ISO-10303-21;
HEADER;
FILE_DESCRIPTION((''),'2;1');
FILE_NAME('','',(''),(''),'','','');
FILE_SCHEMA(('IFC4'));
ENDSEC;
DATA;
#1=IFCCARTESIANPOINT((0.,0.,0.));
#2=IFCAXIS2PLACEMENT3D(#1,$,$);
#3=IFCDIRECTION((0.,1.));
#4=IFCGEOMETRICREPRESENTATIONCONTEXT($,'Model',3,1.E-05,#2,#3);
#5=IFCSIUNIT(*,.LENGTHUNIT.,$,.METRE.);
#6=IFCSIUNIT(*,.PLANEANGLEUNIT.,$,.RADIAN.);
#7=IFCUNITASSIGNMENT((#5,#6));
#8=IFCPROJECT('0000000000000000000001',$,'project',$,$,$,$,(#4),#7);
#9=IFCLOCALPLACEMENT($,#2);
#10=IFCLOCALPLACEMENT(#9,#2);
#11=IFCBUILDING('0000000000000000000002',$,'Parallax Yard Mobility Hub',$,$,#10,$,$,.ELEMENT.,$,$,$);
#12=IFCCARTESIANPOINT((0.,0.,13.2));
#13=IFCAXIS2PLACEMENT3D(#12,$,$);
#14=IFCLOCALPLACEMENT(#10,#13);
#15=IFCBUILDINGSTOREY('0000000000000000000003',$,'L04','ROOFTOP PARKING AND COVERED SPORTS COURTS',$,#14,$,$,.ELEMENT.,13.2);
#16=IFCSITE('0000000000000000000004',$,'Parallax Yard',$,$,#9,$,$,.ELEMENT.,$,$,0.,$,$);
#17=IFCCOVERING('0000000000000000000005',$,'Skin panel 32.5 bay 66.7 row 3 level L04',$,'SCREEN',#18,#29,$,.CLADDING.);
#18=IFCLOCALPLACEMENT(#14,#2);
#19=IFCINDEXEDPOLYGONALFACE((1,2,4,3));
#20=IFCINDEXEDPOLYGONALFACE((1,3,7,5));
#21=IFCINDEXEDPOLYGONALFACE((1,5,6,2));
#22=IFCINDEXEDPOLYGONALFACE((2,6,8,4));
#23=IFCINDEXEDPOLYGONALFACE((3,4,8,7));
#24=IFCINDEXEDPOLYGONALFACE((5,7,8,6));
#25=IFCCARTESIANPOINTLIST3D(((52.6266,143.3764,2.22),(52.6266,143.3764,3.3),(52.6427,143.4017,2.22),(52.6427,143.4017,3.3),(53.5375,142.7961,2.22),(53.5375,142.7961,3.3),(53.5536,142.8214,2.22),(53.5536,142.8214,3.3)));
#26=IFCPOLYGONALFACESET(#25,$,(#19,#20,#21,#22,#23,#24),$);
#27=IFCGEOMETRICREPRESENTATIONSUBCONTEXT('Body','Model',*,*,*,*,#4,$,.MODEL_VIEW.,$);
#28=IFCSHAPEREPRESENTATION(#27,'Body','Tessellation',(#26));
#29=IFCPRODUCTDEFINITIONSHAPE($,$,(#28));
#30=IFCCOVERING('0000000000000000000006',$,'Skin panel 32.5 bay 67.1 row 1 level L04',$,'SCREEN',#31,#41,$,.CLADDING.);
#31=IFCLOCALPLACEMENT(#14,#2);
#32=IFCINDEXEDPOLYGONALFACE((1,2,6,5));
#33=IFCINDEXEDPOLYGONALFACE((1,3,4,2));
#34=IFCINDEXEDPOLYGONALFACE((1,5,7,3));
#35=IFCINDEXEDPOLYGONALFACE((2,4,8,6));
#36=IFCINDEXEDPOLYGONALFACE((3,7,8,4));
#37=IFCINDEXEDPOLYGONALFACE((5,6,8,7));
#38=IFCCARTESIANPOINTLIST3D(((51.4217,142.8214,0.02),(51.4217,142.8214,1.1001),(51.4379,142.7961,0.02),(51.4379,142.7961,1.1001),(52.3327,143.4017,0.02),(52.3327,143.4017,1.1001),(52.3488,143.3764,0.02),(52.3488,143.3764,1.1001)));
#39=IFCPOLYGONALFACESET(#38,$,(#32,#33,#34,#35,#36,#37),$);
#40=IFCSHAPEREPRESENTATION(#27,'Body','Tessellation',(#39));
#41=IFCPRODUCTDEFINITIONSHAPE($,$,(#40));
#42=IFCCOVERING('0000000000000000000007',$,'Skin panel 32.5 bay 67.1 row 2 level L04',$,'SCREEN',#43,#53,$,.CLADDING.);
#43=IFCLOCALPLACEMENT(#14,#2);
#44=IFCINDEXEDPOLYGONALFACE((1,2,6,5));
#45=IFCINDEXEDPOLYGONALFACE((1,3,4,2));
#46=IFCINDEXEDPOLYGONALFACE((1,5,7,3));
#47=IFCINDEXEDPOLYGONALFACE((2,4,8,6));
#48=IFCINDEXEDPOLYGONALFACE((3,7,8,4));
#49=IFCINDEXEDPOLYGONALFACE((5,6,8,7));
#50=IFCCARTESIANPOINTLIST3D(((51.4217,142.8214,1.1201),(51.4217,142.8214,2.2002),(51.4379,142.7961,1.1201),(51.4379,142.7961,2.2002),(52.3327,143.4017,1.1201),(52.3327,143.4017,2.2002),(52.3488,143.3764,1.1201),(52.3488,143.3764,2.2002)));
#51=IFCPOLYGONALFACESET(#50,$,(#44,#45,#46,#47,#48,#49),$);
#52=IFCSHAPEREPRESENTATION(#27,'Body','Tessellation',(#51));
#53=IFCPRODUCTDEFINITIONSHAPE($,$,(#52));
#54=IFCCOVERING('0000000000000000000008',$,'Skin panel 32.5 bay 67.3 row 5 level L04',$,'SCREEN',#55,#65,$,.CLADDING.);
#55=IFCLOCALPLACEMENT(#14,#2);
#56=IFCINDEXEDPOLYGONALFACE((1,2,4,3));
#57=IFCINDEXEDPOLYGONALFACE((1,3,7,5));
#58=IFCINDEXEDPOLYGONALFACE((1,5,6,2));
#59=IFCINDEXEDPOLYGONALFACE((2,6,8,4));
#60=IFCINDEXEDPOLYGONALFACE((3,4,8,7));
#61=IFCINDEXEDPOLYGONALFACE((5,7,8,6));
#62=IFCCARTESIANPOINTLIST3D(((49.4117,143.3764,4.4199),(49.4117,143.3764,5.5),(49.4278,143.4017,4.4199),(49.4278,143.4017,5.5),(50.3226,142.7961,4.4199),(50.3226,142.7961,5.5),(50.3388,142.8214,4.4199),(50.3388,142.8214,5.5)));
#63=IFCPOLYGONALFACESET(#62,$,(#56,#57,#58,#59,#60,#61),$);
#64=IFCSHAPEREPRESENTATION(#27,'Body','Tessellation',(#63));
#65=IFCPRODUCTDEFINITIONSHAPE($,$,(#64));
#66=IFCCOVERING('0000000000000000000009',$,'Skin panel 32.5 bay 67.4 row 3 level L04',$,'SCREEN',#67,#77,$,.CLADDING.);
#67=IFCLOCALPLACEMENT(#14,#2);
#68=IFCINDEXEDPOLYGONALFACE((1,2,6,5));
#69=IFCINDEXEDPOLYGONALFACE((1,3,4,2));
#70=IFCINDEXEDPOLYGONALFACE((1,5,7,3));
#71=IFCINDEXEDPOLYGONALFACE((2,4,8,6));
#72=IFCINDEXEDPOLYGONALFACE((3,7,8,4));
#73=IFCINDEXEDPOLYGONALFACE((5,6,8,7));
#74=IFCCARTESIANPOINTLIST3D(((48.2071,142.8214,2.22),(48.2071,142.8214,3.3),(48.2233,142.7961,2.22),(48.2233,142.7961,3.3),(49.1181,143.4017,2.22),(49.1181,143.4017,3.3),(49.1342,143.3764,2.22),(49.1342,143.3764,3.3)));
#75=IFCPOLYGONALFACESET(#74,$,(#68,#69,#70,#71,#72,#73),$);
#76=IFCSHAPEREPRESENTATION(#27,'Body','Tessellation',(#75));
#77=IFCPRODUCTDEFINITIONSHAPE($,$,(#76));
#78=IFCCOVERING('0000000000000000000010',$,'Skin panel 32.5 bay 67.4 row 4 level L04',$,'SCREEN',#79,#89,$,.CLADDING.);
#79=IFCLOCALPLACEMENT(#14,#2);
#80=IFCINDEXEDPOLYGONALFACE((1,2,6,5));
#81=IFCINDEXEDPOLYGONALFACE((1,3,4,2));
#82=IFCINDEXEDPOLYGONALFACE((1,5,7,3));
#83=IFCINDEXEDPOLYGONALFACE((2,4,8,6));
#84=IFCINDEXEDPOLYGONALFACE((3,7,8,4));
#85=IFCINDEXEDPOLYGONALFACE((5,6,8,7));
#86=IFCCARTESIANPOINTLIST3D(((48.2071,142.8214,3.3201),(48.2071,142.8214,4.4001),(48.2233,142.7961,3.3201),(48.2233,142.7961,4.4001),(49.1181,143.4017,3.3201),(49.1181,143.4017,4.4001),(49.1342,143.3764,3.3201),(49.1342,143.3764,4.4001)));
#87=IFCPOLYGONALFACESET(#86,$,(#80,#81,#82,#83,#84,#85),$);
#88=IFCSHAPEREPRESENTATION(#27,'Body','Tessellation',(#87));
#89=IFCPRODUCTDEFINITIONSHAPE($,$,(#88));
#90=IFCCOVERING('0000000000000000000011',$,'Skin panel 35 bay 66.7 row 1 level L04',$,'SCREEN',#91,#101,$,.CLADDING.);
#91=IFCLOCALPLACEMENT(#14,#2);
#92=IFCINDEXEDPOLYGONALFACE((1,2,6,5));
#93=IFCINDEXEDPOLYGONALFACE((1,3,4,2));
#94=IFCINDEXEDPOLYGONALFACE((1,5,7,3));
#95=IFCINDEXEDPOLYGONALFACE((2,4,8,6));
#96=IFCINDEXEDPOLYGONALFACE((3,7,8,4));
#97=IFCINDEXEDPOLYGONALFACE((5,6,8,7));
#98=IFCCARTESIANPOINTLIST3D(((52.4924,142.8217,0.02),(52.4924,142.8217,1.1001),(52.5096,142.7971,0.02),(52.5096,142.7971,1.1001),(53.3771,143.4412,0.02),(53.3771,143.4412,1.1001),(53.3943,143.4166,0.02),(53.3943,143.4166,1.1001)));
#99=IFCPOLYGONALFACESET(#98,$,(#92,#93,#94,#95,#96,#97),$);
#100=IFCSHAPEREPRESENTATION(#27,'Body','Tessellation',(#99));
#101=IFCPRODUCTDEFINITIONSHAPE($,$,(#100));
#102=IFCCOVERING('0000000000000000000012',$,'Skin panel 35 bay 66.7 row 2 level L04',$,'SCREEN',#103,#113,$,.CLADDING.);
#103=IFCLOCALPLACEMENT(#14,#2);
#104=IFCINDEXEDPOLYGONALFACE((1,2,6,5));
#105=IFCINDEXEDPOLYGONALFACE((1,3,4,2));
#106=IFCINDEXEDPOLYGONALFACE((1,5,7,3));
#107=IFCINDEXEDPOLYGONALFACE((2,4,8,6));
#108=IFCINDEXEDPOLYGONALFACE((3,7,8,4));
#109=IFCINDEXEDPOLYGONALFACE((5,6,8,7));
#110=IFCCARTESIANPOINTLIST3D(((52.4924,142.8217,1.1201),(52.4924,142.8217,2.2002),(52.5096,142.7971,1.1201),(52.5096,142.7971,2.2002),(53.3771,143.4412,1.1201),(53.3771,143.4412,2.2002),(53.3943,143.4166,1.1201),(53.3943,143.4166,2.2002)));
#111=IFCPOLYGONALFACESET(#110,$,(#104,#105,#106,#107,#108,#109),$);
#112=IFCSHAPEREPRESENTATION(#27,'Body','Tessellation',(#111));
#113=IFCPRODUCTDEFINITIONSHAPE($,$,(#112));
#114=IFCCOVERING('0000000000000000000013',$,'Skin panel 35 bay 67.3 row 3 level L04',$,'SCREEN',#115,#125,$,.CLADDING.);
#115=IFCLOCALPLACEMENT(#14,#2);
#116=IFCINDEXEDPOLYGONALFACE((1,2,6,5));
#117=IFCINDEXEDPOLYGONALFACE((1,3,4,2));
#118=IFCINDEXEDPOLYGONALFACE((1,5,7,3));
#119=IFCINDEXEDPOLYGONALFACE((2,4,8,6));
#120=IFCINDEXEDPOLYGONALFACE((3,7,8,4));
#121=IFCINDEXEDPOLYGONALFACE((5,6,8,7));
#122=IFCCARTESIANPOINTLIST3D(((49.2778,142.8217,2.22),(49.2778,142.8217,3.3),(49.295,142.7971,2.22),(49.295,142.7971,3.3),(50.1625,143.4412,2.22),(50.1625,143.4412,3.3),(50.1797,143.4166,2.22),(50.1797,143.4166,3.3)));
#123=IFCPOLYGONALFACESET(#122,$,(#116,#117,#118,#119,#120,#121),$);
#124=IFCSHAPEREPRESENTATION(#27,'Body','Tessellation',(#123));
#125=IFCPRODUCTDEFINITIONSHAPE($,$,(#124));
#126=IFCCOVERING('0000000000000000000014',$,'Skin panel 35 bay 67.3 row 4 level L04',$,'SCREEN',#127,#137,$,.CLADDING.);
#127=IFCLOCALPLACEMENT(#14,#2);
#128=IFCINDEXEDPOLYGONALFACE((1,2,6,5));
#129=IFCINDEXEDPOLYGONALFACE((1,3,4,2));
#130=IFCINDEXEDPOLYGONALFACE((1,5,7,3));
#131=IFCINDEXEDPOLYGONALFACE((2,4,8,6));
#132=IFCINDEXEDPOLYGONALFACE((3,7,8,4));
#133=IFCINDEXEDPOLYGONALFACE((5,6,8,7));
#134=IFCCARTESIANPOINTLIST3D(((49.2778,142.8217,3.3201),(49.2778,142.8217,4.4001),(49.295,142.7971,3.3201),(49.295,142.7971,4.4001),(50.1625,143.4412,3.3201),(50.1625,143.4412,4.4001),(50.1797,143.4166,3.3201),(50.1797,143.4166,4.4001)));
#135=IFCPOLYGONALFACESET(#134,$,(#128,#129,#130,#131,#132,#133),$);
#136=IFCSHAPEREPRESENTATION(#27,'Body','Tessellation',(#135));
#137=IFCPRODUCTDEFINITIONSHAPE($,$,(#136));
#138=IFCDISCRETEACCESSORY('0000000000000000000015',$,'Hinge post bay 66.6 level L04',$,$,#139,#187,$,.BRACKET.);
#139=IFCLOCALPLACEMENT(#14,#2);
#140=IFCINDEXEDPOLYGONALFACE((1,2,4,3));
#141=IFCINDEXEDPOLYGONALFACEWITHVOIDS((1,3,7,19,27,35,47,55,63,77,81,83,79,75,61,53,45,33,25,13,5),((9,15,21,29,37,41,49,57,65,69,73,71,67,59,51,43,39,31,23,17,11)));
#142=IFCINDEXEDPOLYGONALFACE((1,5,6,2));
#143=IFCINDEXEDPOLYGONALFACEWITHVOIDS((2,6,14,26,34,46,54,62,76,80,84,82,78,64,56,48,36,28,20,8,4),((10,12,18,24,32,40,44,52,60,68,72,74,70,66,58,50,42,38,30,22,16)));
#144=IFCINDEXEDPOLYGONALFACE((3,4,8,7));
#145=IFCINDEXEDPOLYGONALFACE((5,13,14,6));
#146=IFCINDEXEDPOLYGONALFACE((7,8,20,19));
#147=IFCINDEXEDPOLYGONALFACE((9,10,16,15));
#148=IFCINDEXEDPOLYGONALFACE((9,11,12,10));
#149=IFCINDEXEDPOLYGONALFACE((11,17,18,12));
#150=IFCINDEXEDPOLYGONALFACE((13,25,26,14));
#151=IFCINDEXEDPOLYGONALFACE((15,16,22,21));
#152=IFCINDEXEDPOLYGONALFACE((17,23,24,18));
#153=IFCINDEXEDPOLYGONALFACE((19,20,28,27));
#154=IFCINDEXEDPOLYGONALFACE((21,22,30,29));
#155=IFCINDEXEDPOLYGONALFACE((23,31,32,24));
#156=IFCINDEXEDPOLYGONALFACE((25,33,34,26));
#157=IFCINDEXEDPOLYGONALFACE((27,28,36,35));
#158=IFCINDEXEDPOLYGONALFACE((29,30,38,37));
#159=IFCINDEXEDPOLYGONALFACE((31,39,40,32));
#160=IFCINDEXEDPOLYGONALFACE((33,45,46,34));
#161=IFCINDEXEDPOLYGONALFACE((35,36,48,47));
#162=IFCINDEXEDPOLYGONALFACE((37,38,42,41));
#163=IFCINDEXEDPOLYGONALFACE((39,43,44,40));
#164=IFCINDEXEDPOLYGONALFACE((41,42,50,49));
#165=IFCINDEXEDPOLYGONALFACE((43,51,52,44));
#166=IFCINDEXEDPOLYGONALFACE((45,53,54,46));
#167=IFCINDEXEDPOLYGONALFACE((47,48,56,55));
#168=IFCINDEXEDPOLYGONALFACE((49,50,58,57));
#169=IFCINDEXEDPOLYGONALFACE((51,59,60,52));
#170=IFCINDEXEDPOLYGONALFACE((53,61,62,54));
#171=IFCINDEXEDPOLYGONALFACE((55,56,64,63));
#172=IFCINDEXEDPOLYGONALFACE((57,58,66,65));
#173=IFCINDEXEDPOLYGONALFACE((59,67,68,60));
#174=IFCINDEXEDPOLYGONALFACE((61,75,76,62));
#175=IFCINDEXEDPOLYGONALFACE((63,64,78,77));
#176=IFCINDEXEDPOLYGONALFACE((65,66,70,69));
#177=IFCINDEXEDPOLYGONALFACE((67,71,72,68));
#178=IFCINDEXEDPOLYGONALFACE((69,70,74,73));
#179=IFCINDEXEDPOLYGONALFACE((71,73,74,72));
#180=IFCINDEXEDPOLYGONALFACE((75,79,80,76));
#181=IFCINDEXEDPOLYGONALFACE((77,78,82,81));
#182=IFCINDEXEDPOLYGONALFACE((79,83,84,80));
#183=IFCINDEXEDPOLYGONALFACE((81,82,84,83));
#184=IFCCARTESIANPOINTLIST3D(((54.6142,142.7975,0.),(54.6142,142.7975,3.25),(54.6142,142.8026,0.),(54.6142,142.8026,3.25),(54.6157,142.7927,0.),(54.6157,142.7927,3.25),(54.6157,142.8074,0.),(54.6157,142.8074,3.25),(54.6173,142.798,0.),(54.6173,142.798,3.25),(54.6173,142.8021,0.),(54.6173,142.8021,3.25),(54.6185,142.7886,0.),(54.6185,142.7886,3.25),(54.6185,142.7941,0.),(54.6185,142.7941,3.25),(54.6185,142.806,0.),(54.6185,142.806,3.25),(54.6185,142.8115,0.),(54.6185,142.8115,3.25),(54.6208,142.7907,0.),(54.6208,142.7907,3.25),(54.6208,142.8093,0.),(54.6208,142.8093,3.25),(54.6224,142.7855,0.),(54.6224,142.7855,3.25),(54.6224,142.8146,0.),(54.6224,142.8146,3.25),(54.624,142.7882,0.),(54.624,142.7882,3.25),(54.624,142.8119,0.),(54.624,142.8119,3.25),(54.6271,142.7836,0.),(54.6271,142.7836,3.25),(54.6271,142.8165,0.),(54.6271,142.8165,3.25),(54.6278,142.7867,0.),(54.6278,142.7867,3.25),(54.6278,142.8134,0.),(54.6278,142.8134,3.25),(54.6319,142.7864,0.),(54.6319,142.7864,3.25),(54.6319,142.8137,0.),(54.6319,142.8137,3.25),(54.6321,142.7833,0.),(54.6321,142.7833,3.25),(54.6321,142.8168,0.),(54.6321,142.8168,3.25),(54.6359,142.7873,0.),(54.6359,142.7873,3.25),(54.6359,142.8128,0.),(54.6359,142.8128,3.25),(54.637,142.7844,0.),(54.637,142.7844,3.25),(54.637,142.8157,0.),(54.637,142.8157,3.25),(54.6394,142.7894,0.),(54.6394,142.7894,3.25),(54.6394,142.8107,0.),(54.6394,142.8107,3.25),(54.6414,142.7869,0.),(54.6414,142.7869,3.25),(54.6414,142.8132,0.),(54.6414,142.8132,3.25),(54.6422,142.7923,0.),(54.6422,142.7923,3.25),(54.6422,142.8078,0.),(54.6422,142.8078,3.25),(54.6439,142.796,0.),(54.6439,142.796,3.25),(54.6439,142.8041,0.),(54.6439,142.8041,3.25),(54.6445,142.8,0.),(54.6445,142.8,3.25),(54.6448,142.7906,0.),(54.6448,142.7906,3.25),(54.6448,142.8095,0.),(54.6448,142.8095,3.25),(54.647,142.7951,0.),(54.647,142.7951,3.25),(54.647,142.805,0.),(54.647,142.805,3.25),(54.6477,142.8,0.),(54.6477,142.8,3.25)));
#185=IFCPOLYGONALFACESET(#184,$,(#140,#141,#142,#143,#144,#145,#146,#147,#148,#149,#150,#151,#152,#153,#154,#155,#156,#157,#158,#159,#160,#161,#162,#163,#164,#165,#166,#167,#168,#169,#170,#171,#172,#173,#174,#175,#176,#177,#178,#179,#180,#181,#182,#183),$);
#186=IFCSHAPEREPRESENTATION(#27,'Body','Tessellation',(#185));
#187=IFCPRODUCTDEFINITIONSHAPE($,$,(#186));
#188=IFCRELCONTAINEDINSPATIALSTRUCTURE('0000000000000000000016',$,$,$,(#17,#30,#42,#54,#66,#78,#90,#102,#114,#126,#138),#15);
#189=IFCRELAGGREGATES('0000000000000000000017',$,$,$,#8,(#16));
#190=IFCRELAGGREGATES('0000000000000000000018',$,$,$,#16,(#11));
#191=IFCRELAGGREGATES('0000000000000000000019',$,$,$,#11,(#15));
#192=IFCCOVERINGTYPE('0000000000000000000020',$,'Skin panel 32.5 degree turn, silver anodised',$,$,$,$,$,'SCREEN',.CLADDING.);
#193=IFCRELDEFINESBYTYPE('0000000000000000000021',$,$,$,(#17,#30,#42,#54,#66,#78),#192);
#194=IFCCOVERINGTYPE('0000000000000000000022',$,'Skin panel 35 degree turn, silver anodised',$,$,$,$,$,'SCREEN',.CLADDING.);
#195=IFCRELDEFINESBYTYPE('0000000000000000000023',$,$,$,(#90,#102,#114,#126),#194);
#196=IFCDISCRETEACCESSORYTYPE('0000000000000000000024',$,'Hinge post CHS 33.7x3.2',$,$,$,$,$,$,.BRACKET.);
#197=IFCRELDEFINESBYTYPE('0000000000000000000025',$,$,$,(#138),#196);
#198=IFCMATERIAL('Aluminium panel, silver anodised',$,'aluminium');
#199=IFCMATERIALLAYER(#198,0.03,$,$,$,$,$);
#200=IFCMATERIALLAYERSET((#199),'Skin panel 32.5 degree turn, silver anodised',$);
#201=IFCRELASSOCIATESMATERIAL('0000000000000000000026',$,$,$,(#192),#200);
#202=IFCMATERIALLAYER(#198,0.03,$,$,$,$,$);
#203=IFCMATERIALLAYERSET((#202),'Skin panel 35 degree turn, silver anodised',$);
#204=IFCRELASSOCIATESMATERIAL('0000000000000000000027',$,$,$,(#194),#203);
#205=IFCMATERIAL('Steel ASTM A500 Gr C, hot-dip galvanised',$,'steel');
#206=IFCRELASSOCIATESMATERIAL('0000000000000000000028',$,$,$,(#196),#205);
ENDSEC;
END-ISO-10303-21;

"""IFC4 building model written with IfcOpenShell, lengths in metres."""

from ifc_helpers import new_model, si_unit, direction, frame, origin, origin_2d, place, context, subcontext, project, spatial, rectangle, hollow_circle, extrude, material, layer, layer_set, material_profile, profile_set, type_object, element, save


model = new_model("IFC4")

# Units and contexts
model_context = context("Model", 3, precision=1e-05, world=origin(), true_north=direction((0.0, 1.0)))
body_context = subcontext(model_context, "Body", "Model", "MODEL_VIEW")
ifc_project = project(units=[si_unit("LENGTHUNIT", "METRE"), si_unit("PLANEANGLEUNIT", "RADIAN")], contexts=[model_context])

# Site, building, storey
site_placement = place(None, origin())
site = spatial("IfcSite", under=ifc_project, at=site_placement, Name="Parallax Yard", CompositionType="ELEMENT", RefElevation=0.0)
building_placement = place(site_placement, origin())
building = spatial("IfcBuilding", under=site, at=building_placement, Name="Parallax Yard Mobility Hub", CompositionType="ELEMENT")
storey_placement = place(building_placement, frame((0.0, 0.0, 13.2)))
storey = spatial("IfcBuildingStorey", under=building, at=storey_placement, Name="L04", Description="ROOFTOP PARKING AND COVERED SPORTS COURTS", CompositionType="ELEMENT", Elevation=13.2)

# Coverings
ifc_material_1 = material(Name="Aluminium panel, silver anodised", Category="aluminium")
ifc_layer_1 = layer(ifc_material_1, 0.03)
ifc_layer_set_1 = layer_set([ifc_layer_1], Name="Skin panel 32.5 degree turn, silver anodised")
covering_type_1 = type_object("IfcCoveringType", Name="Skin panel 32.5 degree turn, silver anodised", ElementType="SCREEN", PredefinedType="CLADDING", material=ifc_layer_set_1)
for number, where, z_axis, x_axis, name in (
    (1, (53.0901, 143.0989, 2.22), (0.0, 0.0, 1.0), (-0.843391, 0.5373, 0.0), "Skin panel 32.5 bay 66.7 row 3 level L04"),
    (2, (51.8853, 143.0989, 0.02), (0.0, 0.0, 1.0), (0.843391, 0.5373, 0.0), "Skin panel 32.5 bay 67.1 row 1 level L04"),
    (3, (51.8853, 143.0989, 1.1201), (0.0, 0.0, 1.0), (0.843391, 0.5373, 0.0), "Skin panel 32.5 bay 67.1 row 2 level L04"),
    (4, (49.8752, 143.0989, 4.4199), (0.0, 0.0, 1.0), (-0.843391, 0.5373, 0.0), "Skin panel 32.5 bay 67.3 row 5 level L04"),
    (5, (48.6707, 143.0989, 2.22), (0.0, 0.0, 1.0), (0.843391, 0.5373, 0.0), "Skin panel 32.5 bay 67.4 row 3 level L04"),
    (6, (48.6707, 143.0989, 3.3201), (0.0, 0.0, 1.0), (0.843391, 0.5373, 0.0), "Skin panel 32.5 bay 67.4 row 4 level L04"),
):
    element("IfcCovering", number, at=place(storey_placement, frame(where, z_axis=z_axis, x_axis=x_axis)), inside=storey, type_object=covering_type_1, Name=name, ObjectType="SCREEN", PredefinedType="CLADDING", context=body_context, shape_type="SweptSolid", body=[
        extrude(rectangle(XDim=1.0801, YDim=0.03, at=origin_2d()), origin(), (0.0, 0.0, 1.0), 1.0801),
    ])
ifc_layer_2 = layer(ifc_material_1, 0.03)
ifc_layer_set_2 = layer_set([ifc_layer_2], Name="Skin panel 35 degree turn, silver anodised")
covering_type_2 = type_object("IfcCoveringType", Name="Skin panel 35 degree turn, silver anodised", ElementType="SCREEN", PredefinedType="CLADDING", material=ifc_layer_set_2)
for number, where, z_axis, x_axis, name in (
    (7, (52.9434, 143.1191, 0.02), (0.0, 0.0, 1.0), (0.819152, 0.573576, 0.0), "Skin panel 35 bay 66.7 row 1 level L04"),
    (8, (52.9434, 143.1191, 1.1201), (0.0, 0.0, 1.0), (0.819152, 0.573576, 0.0), "Skin panel 35 bay 66.7 row 2 level L04"),
    (9, (49.7288, 143.1191, 2.22), (0.0, 0.0, 1.0), (0.819152, 0.573576, 0.0), "Skin panel 35 bay 67.3 row 3 level L04"),
    (10, (49.7288, 143.1191, 3.3201), (0.0, 0.0, 1.0), (0.819152, 0.573576, 0.0), "Skin panel 35 bay 67.3 row 4 level L04"),
):
    element("IfcCovering", number, at=place(storey_placement, frame(where, z_axis=z_axis, x_axis=x_axis)), inside=storey, type_object=covering_type_2, Name=name, ObjectType="SCREEN", PredefinedType="CLADDING", context=body_context, shape_type="SweptSolid", body=[
        extrude(rectangle(XDim=1.0801, YDim=0.03, at=origin_2d()), origin(), (0.0, 0.0, 1.0), 1.0801),
    ])

# Discrete accessory
ifc_material_2 = material(Name="Steel ASTM A500 Gr C, hot-dip galvanised", Category="steel")
ifc_material_profile = material_profile(ifc_material_2, hollow_circle(Radius=0.0168, WallThickness=0.0032, at=origin_2d()), Name="CHS 33.7x3.2")
ifc_profile_set = profile_set([ifc_material_profile], Name="Steel ASTM A500 Gr C, hot-dip galvanised")
discrete_accessory_type = type_object("IfcDiscreteAccessoryType", Name="Hinge post CHS 33.7x3.2", PredefinedType="BRACKET", material=ifc_profile_set)
for number, where, z_axis, x_axis, name in (
    (11, (54.6309, 142.8, 0.0), (0.0, 0.0, 1.0), (1.0, 0.0, 0.0), "Hinge post bay 66.6 level L04"),
):
    element("IfcDiscreteAccessory", number, at=place(storey_placement, frame(where, z_axis=z_axis, x_axis=x_axis)), inside=storey, type_object=discrete_accessory_type, Name=name, PredefinedType="BRACKET", context=body_context, shape_type="SweptSolid", body=[
        extrude(hollow_circle(Radius=0.0168, WallThickness=0.0032, at=origin_2d()), origin(), (0.0, 0.0, 1.0), 3.25),
    ])

save(model, "model.ifc")
